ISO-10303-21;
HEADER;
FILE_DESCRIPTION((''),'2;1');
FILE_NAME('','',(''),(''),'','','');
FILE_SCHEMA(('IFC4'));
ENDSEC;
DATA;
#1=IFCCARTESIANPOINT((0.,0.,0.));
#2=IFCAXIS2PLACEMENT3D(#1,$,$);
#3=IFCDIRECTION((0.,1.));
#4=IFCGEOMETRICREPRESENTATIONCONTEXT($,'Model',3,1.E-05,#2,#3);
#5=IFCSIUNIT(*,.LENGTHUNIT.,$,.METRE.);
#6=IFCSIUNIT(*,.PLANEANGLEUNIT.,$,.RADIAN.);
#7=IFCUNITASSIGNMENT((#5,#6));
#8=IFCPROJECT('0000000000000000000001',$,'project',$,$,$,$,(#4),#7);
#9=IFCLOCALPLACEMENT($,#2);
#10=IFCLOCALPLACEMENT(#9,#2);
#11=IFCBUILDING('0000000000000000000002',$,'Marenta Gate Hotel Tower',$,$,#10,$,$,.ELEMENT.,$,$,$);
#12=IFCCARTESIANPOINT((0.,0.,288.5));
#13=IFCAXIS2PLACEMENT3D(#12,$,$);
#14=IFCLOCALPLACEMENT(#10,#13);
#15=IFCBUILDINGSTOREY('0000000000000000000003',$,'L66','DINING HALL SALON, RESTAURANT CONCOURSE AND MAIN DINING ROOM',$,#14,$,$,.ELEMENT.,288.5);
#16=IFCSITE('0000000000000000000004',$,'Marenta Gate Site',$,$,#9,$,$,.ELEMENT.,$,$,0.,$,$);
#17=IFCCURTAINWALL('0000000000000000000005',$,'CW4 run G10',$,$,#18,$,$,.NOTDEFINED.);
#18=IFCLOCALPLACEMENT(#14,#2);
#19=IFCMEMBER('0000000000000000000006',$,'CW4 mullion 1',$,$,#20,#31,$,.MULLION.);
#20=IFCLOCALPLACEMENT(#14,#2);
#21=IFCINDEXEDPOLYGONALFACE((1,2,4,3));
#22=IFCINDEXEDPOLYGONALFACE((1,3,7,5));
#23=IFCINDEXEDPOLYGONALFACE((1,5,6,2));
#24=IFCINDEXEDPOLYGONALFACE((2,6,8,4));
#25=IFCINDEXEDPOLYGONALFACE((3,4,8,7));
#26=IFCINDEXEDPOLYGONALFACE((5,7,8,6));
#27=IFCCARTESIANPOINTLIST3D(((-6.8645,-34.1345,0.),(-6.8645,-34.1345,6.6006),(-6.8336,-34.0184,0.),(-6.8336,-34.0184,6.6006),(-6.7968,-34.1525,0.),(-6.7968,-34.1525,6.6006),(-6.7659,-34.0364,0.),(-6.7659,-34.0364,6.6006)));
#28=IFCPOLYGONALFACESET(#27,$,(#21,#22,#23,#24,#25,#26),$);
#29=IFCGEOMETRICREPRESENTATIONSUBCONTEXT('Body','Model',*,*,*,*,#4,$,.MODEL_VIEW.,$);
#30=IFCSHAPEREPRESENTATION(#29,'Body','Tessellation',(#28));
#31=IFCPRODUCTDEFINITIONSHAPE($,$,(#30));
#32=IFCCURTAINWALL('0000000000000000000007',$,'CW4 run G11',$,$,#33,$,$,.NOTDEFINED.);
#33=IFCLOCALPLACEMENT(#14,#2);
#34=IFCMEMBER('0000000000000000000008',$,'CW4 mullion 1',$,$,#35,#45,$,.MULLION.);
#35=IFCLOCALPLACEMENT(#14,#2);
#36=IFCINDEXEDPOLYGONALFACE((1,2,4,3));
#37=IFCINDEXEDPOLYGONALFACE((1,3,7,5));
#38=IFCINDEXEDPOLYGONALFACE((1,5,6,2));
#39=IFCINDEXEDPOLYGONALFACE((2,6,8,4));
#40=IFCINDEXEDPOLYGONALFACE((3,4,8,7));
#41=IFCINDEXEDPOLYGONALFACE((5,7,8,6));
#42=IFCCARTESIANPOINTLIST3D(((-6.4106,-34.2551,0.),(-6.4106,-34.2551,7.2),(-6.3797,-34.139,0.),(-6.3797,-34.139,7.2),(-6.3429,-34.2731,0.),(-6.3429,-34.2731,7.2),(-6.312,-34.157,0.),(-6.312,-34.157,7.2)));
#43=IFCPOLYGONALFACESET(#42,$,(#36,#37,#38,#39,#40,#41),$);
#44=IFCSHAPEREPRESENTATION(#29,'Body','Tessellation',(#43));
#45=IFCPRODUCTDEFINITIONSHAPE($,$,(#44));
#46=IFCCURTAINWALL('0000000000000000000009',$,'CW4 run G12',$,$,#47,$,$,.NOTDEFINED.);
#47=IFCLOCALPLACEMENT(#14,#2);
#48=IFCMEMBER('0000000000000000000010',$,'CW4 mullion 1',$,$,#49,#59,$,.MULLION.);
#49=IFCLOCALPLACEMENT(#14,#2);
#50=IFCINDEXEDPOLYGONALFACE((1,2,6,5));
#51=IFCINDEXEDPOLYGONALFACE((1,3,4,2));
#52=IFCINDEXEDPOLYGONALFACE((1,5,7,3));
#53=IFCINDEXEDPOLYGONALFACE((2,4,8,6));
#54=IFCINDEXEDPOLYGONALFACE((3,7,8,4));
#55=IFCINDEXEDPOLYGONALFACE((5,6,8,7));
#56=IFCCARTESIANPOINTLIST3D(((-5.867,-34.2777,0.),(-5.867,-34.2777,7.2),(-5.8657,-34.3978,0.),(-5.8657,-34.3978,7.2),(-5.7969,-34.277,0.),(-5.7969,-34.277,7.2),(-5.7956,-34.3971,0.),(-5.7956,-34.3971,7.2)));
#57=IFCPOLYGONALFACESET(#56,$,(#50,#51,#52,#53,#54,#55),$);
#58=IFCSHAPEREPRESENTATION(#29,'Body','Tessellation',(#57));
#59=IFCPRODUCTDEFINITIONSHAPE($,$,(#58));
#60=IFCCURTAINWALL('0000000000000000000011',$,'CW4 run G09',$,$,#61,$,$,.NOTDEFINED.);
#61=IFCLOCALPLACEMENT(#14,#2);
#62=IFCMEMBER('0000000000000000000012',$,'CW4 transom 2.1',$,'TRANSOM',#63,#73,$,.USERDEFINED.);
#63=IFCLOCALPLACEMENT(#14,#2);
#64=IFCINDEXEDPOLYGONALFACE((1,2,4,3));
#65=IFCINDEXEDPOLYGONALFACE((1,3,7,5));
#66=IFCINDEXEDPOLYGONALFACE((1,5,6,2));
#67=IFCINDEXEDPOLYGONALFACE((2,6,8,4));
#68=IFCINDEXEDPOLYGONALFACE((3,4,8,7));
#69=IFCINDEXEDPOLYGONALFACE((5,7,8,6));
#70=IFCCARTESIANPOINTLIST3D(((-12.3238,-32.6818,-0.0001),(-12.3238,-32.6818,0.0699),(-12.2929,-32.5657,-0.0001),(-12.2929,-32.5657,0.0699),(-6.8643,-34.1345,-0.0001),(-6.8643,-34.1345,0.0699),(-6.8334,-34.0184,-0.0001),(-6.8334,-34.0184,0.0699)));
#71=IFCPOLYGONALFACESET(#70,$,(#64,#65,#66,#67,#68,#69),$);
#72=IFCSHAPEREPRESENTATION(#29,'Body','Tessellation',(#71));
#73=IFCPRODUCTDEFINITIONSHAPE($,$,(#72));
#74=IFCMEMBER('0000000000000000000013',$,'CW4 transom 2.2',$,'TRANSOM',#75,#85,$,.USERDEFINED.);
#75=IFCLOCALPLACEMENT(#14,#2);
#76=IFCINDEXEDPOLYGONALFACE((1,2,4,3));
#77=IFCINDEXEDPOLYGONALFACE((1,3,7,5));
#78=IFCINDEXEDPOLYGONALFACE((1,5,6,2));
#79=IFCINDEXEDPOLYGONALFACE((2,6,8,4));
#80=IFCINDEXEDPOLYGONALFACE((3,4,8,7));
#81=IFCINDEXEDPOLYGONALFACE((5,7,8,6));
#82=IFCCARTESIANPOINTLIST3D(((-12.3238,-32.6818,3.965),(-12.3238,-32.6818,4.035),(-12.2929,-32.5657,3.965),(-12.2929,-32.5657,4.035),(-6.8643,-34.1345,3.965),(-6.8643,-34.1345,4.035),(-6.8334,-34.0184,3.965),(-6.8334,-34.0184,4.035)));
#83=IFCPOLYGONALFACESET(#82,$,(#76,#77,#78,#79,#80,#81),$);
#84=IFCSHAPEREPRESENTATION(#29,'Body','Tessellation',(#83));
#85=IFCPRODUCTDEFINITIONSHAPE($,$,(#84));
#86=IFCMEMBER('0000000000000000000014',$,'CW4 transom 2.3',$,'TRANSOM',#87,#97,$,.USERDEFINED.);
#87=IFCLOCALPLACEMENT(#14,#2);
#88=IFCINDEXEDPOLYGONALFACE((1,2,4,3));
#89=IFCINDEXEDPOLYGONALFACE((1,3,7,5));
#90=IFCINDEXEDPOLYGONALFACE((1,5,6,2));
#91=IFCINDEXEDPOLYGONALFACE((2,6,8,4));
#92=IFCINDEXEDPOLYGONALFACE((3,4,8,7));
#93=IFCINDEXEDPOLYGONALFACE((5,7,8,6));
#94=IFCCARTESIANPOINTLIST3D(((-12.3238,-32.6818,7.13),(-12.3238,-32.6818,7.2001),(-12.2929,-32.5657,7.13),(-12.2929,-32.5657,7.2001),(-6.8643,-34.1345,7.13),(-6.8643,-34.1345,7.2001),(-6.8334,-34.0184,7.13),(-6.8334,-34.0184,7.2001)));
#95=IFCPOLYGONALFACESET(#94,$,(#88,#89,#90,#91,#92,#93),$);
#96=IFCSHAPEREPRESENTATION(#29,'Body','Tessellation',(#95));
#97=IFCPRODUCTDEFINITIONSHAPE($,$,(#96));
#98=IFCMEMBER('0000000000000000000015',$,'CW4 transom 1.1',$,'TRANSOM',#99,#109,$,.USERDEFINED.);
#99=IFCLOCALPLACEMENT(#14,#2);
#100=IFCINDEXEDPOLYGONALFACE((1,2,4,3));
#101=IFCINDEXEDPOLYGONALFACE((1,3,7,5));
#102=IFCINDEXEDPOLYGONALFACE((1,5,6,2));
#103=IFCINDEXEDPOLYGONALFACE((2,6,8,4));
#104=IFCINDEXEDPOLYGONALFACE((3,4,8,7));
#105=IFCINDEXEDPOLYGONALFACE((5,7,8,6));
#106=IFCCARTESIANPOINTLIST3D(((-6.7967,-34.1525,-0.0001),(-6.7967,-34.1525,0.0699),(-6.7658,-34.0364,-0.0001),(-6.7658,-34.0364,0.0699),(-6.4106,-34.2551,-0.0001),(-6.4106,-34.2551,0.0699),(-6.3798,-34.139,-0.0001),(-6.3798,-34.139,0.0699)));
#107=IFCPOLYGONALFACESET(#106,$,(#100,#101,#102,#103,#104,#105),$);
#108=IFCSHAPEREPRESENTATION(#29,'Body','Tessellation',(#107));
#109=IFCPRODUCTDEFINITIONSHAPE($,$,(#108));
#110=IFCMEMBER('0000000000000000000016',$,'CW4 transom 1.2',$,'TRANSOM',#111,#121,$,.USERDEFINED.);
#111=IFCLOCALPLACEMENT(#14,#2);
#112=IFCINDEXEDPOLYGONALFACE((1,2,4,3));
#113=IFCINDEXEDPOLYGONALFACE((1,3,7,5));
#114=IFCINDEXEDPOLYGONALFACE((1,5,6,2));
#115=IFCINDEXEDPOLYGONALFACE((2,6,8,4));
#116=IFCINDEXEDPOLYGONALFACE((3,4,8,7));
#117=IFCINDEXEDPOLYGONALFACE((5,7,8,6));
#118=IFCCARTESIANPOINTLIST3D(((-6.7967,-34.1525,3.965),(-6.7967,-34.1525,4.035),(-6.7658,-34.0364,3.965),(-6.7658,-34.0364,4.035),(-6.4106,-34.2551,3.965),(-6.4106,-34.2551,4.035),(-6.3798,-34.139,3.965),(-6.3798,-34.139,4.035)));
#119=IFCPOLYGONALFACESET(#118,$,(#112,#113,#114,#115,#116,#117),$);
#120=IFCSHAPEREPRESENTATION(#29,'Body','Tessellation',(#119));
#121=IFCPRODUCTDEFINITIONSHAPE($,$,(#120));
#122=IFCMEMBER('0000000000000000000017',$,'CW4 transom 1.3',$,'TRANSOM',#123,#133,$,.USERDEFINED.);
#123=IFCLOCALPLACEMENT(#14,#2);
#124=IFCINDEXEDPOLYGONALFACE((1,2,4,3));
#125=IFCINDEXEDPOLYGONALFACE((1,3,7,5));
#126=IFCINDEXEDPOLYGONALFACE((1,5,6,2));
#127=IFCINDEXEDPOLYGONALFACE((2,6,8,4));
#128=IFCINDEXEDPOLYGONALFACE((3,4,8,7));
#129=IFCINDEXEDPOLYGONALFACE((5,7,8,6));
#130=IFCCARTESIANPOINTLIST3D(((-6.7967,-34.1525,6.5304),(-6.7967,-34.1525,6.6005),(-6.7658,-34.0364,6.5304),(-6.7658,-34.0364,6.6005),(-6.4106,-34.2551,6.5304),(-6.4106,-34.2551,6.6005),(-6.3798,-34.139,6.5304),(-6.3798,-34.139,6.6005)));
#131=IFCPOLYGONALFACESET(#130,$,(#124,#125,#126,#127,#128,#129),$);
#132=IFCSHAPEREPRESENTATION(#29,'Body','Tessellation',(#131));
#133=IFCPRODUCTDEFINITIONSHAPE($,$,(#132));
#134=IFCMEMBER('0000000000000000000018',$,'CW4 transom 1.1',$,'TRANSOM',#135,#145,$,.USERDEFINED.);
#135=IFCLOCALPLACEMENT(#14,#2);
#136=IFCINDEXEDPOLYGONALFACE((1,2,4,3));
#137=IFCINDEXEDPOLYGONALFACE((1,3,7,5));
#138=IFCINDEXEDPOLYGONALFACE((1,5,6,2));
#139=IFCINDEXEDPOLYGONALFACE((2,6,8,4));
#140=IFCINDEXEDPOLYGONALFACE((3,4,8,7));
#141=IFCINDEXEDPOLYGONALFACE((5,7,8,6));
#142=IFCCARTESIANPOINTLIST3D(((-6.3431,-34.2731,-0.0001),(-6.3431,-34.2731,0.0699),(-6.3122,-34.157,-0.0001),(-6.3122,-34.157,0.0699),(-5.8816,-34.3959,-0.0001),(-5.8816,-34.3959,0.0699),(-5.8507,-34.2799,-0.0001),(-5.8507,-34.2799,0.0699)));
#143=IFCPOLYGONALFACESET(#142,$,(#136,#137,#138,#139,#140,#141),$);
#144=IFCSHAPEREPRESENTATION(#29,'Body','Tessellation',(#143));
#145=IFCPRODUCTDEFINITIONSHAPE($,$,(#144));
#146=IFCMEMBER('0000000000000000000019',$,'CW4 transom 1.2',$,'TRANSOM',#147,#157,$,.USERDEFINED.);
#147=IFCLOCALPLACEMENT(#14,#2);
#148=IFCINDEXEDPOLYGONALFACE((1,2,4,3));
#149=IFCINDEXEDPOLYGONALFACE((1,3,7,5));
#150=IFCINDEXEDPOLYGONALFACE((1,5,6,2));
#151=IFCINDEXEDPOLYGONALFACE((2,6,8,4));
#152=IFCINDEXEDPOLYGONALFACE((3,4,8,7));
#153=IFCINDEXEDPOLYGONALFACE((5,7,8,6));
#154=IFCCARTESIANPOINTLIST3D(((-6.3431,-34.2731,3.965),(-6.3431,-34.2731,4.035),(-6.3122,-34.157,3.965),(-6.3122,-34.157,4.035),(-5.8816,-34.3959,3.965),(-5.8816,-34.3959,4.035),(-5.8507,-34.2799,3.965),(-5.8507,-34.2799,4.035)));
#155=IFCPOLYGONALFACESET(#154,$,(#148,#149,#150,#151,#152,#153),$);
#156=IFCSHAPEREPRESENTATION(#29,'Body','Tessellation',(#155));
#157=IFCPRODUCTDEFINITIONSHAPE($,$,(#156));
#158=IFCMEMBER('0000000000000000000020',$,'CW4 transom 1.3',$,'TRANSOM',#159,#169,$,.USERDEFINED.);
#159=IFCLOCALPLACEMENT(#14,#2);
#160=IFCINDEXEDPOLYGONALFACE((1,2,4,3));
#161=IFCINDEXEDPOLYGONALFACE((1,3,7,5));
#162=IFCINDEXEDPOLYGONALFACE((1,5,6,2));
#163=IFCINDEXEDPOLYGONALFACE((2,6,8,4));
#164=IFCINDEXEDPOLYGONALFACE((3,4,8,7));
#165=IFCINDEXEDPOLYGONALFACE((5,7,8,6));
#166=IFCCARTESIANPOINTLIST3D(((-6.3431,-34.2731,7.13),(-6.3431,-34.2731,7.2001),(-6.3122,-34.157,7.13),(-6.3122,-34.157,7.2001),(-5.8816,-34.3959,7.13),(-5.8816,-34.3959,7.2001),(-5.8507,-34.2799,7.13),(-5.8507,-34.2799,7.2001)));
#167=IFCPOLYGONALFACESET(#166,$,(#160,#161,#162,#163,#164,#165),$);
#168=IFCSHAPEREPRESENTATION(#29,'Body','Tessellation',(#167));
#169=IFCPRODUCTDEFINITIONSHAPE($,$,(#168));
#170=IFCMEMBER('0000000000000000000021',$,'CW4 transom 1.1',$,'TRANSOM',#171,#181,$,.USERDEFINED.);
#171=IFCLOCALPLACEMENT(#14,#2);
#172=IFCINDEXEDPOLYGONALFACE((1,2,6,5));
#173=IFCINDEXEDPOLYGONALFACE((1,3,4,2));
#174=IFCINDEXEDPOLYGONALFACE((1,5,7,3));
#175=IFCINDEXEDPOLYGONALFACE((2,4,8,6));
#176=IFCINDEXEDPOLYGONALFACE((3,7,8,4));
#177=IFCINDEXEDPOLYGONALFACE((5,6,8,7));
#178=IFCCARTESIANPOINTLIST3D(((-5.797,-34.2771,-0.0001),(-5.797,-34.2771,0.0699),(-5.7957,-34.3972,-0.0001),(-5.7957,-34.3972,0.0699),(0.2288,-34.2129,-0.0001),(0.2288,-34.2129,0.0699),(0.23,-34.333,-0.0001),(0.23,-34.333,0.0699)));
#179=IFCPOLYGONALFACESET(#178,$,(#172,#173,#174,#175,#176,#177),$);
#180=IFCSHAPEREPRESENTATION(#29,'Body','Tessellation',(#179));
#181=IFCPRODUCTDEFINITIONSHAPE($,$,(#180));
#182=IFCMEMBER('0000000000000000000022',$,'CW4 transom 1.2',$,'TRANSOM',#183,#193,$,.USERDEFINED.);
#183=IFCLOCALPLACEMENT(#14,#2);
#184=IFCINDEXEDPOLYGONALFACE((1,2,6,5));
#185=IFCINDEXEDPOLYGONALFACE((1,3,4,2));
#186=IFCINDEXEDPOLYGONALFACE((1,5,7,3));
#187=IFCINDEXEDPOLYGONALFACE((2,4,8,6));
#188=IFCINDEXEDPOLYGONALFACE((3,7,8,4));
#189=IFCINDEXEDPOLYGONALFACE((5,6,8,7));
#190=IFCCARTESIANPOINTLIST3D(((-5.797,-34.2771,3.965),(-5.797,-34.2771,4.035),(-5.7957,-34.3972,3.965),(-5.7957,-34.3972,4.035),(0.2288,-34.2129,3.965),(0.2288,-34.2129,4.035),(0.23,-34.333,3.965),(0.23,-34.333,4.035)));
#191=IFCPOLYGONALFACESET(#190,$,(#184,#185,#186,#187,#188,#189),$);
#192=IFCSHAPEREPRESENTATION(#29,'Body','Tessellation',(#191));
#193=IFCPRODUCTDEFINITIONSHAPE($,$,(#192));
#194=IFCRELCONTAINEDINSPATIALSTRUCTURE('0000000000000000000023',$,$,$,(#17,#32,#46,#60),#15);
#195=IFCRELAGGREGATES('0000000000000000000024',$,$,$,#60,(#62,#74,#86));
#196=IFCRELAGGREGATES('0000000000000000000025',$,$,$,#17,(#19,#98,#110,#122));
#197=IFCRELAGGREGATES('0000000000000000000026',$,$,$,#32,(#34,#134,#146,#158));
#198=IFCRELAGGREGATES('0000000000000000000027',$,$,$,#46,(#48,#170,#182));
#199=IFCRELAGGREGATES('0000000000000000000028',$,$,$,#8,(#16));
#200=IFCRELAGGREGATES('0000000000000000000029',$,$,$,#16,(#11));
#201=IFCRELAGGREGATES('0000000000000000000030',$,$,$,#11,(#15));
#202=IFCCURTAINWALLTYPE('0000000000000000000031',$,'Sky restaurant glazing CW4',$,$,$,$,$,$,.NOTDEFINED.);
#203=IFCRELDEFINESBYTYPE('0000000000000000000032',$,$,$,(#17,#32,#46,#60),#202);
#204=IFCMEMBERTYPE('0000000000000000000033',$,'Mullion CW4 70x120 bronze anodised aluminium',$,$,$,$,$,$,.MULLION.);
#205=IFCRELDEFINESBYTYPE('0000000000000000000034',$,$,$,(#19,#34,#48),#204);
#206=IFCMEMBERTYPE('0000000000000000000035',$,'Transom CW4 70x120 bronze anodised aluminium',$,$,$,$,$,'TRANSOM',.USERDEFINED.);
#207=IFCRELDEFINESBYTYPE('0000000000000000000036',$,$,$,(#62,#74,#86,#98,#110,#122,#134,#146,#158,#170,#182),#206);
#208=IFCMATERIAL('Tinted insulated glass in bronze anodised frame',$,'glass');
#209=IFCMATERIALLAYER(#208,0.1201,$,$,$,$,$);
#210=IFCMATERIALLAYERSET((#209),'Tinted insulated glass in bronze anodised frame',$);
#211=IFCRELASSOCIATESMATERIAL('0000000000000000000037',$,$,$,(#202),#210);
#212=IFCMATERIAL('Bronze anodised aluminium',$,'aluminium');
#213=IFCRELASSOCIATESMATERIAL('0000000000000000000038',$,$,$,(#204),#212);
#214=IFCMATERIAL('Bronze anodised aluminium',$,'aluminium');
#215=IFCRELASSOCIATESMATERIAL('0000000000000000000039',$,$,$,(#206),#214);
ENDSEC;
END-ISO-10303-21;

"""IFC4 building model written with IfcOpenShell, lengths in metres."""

from ifc_helpers import new_model, si_unit, direction, frame, origin, origin_2d, place, context, subcontext, project, spatial, rectangle, extrude, material, layer, layer_set, material_profile, profile_set, type_object, element, aggregate, save


model = new_model("IFC4")

# Units and contexts
model_context = context("Model", 3, precision=1e-05, world=origin(), true_north=direction((0.0, 1.0)))
body_context = subcontext(model_context, "Body", "Model", "MODEL_VIEW")
ifc_project = project(units=[si_unit("LENGTHUNIT", "METRE"), si_unit("PLANEANGLEUNIT", "RADIAN")], contexts=[model_context])

# Site, building, storey
site_placement = place(None, origin())
site = spatial("IfcSite", under=ifc_project, at=site_placement, Name="Marenta Gate Site", CompositionType="ELEMENT", RefElevation=0.0)
building_placement = place(site_placement, origin())
building = spatial("IfcBuilding", under=site, at=building_placement, Name="Marenta Gate Hotel Tower", CompositionType="ELEMENT")
storey_placement = place(building_placement, frame((0.0, 0.0, 288.5)))
storey = spatial("IfcBuildingStorey", under=building, at=storey_placement, Name="L66", Description="DINING HALL SALON, RESTAURANT CONCOURSE AND MAIN DINING ROOM", CompositionType="ELEMENT", Elevation=288.5)

# Curtain walls, members
ifc_material_1 = material(Name="Tinted insulated glass in bronze anodised frame", Category="glass")
ifc_layer_1 = layer(ifc_material_1, 0.1201)
ifc_layer_set_1 = layer_set([ifc_layer_1], Name="Tinted insulated glass in bronze anodised frame")
curtain_wall_type = type_object("IfcCurtainWallType", Name="Sky restaurant glazing CW4", PredefinedType="NOTDEFINED", material=ifc_layer_set_1)
curtain_wall_1_placement = place(storey_placement, origin())
curtain_wall_1 = element("IfcCurtainWall", 1, at=curtain_wall_1_placement, inside=storey, type_object=curtain_wall_type, Name="CW4 run G10", PredefinedType="NOTDEFINED")
ifc_material_2 = material(Name="Bronze anodised aluminium", Category="aluminium")
ifc_material_profile_1 = material_profile(ifc_material_2, rectangle(XDim=0.1201, YDim=0.0701, at=origin_2d()), Name="Mullion CW4 70x120 bronze anodised aluminium")
ifc_profile_set_1 = profile_set([ifc_material_profile_1], Name="Bronze anodised aluminium")
member_type_1 = type_object("IfcMemberType", Name="Mullion CW4 70x120 bronze anodised aluminium", PredefinedType="MULLION", material=ifc_profile_set_1)
member_1_placement = place(storey_placement, frame((-6.8152, -34.0854, 0.0), z_axis=(0.0, 0.0, 1.0), x_axis=(0.257093, 0.966387, 0.0)))
member_1 = element("IfcMember", 2, at=member_1_placement, type_object=member_type_1, Name="CW4 mullion 1", PredefinedType="MULLION", context=body_context, shape_type="SweptSolid", body=[
    extrude(rectangle(XDim=0.1201, YDim=0.0701, at=origin_2d()), origin(), (0.0, 0.0, 1.0), 6.6006),
])
curtain_wall_2_placement = place(storey_placement, origin())
curtain_wall_2 = element("IfcCurtainWall", 3, at=curtain_wall_2_placement, inside=storey, type_object=curtain_wall_type, Name="CW4 run G11", PredefinedType="NOTDEFINED")
member_2_placement = place(storey_placement, frame((-6.3613, -34.2061, 0.0), z_axis=(0.0, 0.0, 1.0), x_axis=(0.257083, 0.966389, 0.0)))
member_2 = element("IfcMember", 4, at=member_2_placement, type_object=member_type_1, Name="CW4 mullion 1", PredefinedType="MULLION", context=body_context, shape_type="SweptSolid", body=[
    extrude(rectangle(XDim=0.1201, YDim=0.0701, at=origin_2d()), origin(), (0.0, 0.0, 1.0), 7.2),
])
curtain_wall_3_placement = place(storey_placement, origin())
curtain_wall_3 = element("IfcCurtainWall", 5, at=curtain_wall_3_placement, inside=storey, type_object=curtain_wall_type, Name="CW4 run G12", PredefinedType="NOTDEFINED")
member_3_placement = place(storey_placement, frame((-5.8313, -34.3374, 0.0), z_axis=(0.0, 0.0, 1.0), x_axis=(-0.010634, 0.999943, 0.0)))
member_3 = element("IfcMember", 6, at=member_3_placement, type_object=member_type_1, Name="CW4 mullion 1", PredefinedType="MULLION", context=body_context, shape_type="SweptSolid", body=[
    extrude(rectangle(XDim=0.1201, YDim=0.0701, at=origin_2d()), origin(), (0.0, 0.0, 1.0), 7.2),
])

# Curtain wall, members
curtain_wall_4_placement = place(storey_placement, origin())
curtain_wall_4 = element("IfcCurtainWall", 7, at=curtain_wall_4_placement, inside=storey, type_object=curtain_wall_type, Name="CW4 run G09", PredefinedType="NOTDEFINED")
ifc_material_3 = material(Name="Bronze anodised aluminium", Category="aluminium")
ifc_material_profile_2 = material_profile(ifc_material_3, rectangle(XDim=0.1201, YDim=0.0701, at=origin_2d()), Name="Transom CW4 70x120 bronze anodised aluminium")
ifc_profile_set_2 = profile_set([ifc_material_profile_2], Name="Bronze anodised aluminium")
member_type_2 = type_object("IfcMemberType", Name="Transom CW4 70x120 bronze anodised aluminium", ElementType="TRANSOM", PredefinedType="USERDEFINED", material=ifc_profile_set_2)
member_4_placement = place(storey_placement, frame((-12.3083, -32.6238, 0.0349), z_axis=(0.966377, -0.25713, 0.0), x_axis=(0.25713, 0.966377, 0.0)))
member_4 = element("IfcMember", 8, at=member_4_placement, type_object=member_type_2, Name="CW4 transom 2.1", ObjectType="TRANSOM", PredefinedType="USERDEFINED", context=body_context, shape_type="SweptSolid", body=[
    extrude(rectangle(XDim=0.1201, YDim=0.0701, at=origin_2d()), origin(), (0.0, 0.0, 1.0), 5.6494),
])
member_5_placement = place(storey_placement, frame((-12.3083, -32.6238, 4.0), z_axis=(0.966377, -0.25713, 0.0), x_axis=(0.25713, 0.966377, 0.0)))
member_5 = element("IfcMember", 9, at=member_5_placement, type_object=member_type_2, Name="CW4 transom 2.2", ObjectType="TRANSOM", PredefinedType="USERDEFINED", context=body_context, shape_type="SweptSolid", body=[
    extrude(rectangle(XDim=0.1201, YDim=0.0701, at=origin_2d()), origin(), (0.0, 0.0, 1.0), 5.6494),
])
member_6_placement = place(storey_placement, frame((-12.3083, -32.6238, 7.165), z_axis=(0.966377, -0.25713, 0.0), x_axis=(0.25713, 0.966377, 0.0)))
member_6 = element("IfcMember", 10, at=member_6_placement, type_object=member_type_2, Name="CW4 transom 2.3", ObjectType="TRANSOM", PredefinedType="USERDEFINED", context=body_context, shape_type="SweptSolid", body=[
    extrude(rectangle(XDim=0.1201, YDim=0.0701, at=origin_2d()), origin(), (0.0, 0.0, 1.0), 5.6494),
])

# Members
member_7_placement = place(storey_placement, frame((-6.7812, -34.0945, 0.0349), z_axis=(0.966478, -0.256749, 0.0), x_axis=(0.256749, 0.966478, 0.0)))
member_7 = element("IfcMember", 11, at=member_7_placement, type_object=member_type_2, Name="CW4 transom 1.1", ObjectType="TRANSOM", PredefinedType="USERDEFINED", context=body_context, shape_type="SweptSolid", body=[
    extrude(rectangle(XDim=0.1201, YDim=0.0701, at=origin_2d()), origin(), (0.0, 0.0, 1.0), 0.3994),
])
member_8_placement = place(storey_placement, frame((-6.7812, -34.0945, 4.0), z_axis=(0.966478, -0.256749, 0.0), x_axis=(0.256749, 0.966478, 0.0)))
member_8 = element("IfcMember", 12, at=member_8_placement, type_object=member_type_2, Name="CW4 transom 1.2", ObjectType="TRANSOM", PredefinedType="USERDEFINED", context=body_context, shape_type="SweptSolid", body=[
    extrude(rectangle(XDim=0.1201, YDim=0.0701, at=origin_2d()), origin(), (0.0, 0.0, 1.0), 0.3994),
])
member_9_placement = place(storey_placement, frame((-6.7812, -34.0945, 6.5654), z_axis=(0.966478, -0.256749, 0.0), x_axis=(0.256749, 0.966478, 0.0)))
member_9 = element("IfcMember", 13, at=member_9_placement, type_object=member_type_2, Name="CW4 transom 1.3", ObjectType="TRANSOM", PredefinedType="USERDEFINED", context=body_context, shape_type="SweptSolid", body=[
    extrude(rectangle(XDim=0.1201, YDim=0.0701, at=origin_2d()), origin(), (0.0, 0.0, 1.0), 0.3994),
])
member_10_placement = place(storey_placement, frame((-6.3276, -34.2151, 0.0349), z_axis=(0.966362, -0.257185, 0.0), x_axis=(0.257185, 0.966362, 0.0)))
member_10 = element("IfcMember", 14, at=member_10_placement, type_object=member_type_2, Name="CW4 transom 1.1", ObjectType="TRANSOM", PredefinedType="USERDEFINED", context=body_context, shape_type="SweptSolid", body=[
    extrude(rectangle(XDim=0.1201, YDim=0.0701, at=origin_2d()), origin(), (0.0, 0.0, 1.0), 0.4775),
])
member_11_placement = place(storey_placement, frame((-6.3276, -34.2151, 4.0), z_axis=(0.966362, -0.257185, 0.0), x_axis=(0.257185, 0.966362, 0.0)))
member_11 = element("IfcMember", 15, at=member_11_placement, type_object=member_type_2, Name="CW4 transom 1.2", ObjectType="TRANSOM", PredefinedType="USERDEFINED", context=body_context, shape_type="SweptSolid", body=[
    extrude(rectangle(XDim=0.1201, YDim=0.0701, at=origin_2d()), origin(), (0.0, 0.0, 1.0), 0.4775),
])
member_12_placement = place(storey_placement, frame((-6.3276, -34.2151, 7.165), z_axis=(0.966362, -0.257185, 0.0), x_axis=(0.257185, 0.966362, 0.0)))
member_12 = element("IfcMember", 16, at=member_12_placement, type_object=member_type_2, Name="CW4 transom 1.3", ObjectType="TRANSOM", PredefinedType="USERDEFINED", context=body_context, shape_type="SweptSolid", body=[
    extrude(rectangle(XDim=0.1201, YDim=0.0701, at=origin_2d()), origin(), (0.0, 0.0, 1.0), 0.4775),
])
member_13_placement = place(storey_placement, frame((-5.7964, -34.3372, 0.0349), z_axis=(0.999943, 0.010655, 0.0), x_axis=(-0.010655, 0.999943, 0.0)))
member_13 = element("IfcMember", 17, at=member_13_placement, type_object=member_type_2, Name="CW4 transom 1.1", ObjectType="TRANSOM", PredefinedType="USERDEFINED", context=body_context, shape_type="SweptSolid", body=[
    extrude(rectangle(XDim=0.1201, YDim=0.0701, at=origin_2d()), origin(), (0.0, 0.0, 1.0), 6.0261),
])
member_14_placement = place(storey_placement, frame((-5.7964, -34.3372, 4.0), z_axis=(0.999943, 0.010655, 0.0), x_axis=(-0.010655, 0.999943, 0.0)))
member_14 = element("IfcMember", 18, at=member_14_placement, type_object=member_type_2, Name="CW4 transom 1.2", ObjectType="TRANSOM", PredefinedType="USERDEFINED", context=body_context, shape_type="SweptSolid", body=[
    extrude(rectangle(XDim=0.1201, YDim=0.0701, at=origin_2d()), origin(), (0.0, 0.0, 1.0), 6.0261),
])

aggregate(curtain_wall_4, [member_4, member_5, member_6])
aggregate(curtain_wall_1, [member_1, member_7, member_8, member_9])
aggregate(curtain_wall_2, [member_2, member_10, member_11, member_12])
aggregate(curtain_wall_3, [member_3, member_13, member_14])

save(model, "model.ifc")
